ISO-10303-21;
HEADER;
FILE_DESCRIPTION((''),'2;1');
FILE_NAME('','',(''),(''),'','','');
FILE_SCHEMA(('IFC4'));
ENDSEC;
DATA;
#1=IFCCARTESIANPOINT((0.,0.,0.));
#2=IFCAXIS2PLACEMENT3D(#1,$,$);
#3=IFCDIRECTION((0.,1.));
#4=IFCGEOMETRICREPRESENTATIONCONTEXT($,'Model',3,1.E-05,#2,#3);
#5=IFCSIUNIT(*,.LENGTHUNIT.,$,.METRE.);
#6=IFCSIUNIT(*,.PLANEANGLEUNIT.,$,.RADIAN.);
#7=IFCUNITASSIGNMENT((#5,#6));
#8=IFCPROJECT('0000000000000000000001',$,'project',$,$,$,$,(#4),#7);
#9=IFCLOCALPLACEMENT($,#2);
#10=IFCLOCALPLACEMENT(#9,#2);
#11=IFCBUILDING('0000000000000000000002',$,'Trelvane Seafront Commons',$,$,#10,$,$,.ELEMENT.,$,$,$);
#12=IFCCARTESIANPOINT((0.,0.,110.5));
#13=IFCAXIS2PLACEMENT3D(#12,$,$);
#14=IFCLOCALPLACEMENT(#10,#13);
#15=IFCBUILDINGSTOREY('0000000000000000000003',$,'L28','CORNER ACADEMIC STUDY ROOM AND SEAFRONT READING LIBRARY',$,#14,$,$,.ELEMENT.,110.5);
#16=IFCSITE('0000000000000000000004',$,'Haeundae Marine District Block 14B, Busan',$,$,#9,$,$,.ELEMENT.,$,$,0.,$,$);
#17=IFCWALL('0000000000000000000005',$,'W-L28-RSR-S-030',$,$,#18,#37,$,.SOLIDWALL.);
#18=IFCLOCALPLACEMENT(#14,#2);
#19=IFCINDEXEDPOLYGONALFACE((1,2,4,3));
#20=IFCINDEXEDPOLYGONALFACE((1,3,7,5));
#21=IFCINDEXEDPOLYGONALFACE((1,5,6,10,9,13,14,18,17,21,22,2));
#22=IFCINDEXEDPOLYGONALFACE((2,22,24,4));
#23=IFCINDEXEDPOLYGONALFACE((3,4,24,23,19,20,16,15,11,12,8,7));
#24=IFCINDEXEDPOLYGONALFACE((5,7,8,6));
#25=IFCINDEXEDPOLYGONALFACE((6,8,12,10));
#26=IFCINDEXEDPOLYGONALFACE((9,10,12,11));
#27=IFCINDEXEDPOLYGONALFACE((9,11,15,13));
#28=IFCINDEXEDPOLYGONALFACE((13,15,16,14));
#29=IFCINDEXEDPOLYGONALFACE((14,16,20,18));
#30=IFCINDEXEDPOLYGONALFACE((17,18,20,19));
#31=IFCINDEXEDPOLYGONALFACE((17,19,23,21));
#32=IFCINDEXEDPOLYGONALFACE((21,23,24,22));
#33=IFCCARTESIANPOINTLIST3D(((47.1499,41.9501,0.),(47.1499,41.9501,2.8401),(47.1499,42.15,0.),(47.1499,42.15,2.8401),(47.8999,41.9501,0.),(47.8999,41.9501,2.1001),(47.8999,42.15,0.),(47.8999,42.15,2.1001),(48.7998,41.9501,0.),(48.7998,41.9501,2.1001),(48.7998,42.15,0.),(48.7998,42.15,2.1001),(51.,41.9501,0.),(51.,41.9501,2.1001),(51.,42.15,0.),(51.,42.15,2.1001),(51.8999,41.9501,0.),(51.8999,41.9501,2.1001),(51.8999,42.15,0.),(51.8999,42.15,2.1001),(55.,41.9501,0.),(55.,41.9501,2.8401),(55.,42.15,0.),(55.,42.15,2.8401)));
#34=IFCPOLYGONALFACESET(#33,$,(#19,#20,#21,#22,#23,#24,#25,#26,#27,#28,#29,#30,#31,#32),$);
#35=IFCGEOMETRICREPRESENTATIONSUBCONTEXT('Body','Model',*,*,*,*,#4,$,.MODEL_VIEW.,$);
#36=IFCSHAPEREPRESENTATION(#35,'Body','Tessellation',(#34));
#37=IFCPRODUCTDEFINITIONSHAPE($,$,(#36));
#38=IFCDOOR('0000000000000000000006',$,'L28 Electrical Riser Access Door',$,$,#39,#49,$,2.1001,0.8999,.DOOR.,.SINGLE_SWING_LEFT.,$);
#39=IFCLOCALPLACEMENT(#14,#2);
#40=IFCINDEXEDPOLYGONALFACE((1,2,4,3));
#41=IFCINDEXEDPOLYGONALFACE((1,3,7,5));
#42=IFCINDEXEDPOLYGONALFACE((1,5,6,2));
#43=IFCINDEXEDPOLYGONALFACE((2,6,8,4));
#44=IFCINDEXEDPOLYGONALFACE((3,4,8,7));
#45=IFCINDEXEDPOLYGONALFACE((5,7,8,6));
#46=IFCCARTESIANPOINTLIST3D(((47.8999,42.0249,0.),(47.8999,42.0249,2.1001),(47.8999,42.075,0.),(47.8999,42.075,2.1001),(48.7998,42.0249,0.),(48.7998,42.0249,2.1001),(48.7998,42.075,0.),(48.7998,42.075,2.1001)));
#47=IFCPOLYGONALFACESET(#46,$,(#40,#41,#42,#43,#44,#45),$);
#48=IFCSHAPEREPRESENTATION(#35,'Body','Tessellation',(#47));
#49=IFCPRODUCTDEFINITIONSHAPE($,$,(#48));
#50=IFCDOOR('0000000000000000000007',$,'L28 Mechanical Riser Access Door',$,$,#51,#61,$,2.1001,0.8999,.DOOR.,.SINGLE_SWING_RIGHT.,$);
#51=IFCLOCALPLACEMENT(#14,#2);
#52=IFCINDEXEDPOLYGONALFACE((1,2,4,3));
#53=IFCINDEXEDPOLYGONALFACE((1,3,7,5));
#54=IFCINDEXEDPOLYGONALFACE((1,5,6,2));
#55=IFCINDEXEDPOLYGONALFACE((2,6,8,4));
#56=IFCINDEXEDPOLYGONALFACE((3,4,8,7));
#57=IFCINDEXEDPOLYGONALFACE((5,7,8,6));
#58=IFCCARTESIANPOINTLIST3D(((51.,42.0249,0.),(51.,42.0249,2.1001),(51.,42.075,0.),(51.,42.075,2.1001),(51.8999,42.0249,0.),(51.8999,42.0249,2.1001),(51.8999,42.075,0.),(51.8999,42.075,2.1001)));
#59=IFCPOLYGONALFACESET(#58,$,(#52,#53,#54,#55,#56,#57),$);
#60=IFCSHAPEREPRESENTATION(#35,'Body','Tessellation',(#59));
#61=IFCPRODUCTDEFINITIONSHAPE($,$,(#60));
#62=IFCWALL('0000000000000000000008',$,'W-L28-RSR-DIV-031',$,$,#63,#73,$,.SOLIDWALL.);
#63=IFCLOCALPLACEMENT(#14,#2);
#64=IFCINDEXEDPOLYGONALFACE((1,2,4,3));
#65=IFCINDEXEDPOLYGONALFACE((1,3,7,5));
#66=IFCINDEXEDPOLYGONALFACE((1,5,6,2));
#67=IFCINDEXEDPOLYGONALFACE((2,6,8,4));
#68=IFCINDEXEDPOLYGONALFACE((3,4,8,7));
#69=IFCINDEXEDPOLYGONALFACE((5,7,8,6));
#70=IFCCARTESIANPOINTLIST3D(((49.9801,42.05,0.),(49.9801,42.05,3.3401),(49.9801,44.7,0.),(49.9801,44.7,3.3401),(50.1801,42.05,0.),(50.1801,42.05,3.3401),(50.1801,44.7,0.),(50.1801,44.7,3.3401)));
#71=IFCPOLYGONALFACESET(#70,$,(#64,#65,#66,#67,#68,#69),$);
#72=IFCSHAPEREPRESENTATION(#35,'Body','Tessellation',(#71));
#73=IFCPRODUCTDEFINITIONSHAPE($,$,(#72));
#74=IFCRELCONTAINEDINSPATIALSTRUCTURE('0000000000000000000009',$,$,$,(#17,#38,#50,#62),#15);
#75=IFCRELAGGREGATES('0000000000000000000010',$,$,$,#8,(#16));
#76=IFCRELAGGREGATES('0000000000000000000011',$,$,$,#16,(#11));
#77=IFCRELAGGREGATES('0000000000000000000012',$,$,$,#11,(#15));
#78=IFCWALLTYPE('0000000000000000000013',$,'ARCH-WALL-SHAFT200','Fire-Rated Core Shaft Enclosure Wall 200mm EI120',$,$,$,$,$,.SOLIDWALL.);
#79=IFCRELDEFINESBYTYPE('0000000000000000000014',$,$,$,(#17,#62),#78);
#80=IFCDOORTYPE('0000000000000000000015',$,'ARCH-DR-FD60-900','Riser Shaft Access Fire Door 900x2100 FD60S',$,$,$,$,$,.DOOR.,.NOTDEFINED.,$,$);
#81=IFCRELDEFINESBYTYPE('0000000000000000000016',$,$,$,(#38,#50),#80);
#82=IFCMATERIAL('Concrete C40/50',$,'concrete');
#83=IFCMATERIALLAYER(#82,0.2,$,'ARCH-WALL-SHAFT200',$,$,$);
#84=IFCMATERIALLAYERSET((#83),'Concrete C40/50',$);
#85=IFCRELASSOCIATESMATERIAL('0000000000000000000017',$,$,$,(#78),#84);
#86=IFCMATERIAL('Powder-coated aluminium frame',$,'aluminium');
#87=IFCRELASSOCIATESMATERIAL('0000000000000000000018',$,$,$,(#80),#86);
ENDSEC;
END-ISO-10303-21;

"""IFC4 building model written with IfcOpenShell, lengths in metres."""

from ifc_helpers import new_model, si_unit, direction, frame, frame_2d, origin, place, context, subcontext, project, spatial, rectangle, extrude, source, transform, mapped, material, layer, layer_set, type_object, element, fill, save


model = new_model("IFC4")

# Units and contexts
model_context = context("Model", 3, precision=1e-05, world=origin(), true_north=direction((0.0, 1.0)))
body_context = subcontext(model_context, "Body", "Model", "MODEL_VIEW")
ifc_project = project(units=[si_unit("LENGTHUNIT", "METRE"), si_unit("PLANEANGLEUNIT", "RADIAN")], contexts=[model_context])

# Site, building, storey
site_placement = place(None, origin())
site = spatial("IfcSite", under=ifc_project, at=site_placement, Name="Haeundae Marine District Block 14B, Busan", CompositionType="ELEMENT", RefElevation=0.0)
building_placement = place(site_placement, origin())
building = spatial("IfcBuilding", under=site, at=building_placement, Name="Trelvane Seafront Commons", CompositionType="ELEMENT")
storey_placement = place(building_placement, frame((0.0, 0.0, 110.5)))
storey = spatial("IfcBuildingStorey", under=building, at=storey_placement, Name="L28", Description="CORNER ACADEMIC STUDY ROOM AND SEAFRONT READING LIBRARY", CompositionType="ELEMENT", Elevation=110.5)

# Shared definitions
ifc_material_1 = material(Name="Concrete C40/50", Category="concrete")
ifc_layer_1 = layer(ifc_material_1, 0.2, Name="ARCH-WALL-SHAFT200")
ifc_layer_set_1 = layer_set([ifc_layer_1], Name="Concrete C40/50")
wall_type_1 = type_object("IfcWallType", Name="ARCH-WALL-SHAFT200", Description="Fire-Rated Core Shaft Enclosure Wall 200mm EI120", PredefinedType="SOLIDWALL", material=ifc_layer_set_1)

# Wall, openings, doors
wall_1_placement = place(storey_placement, frame((47.1499, 42.05, 0.0), z_axis=(0.0, 0.0, 1.0), x_axis=(1.0, 0.0, 0.0)))
wall_1 = element("IfcWall", 1, at=wall_1_placement, inside=storey, type_object=wall_type_1, Name="W-L28-RSR-S-030", PredefinedType="SOLIDWALL", context=body_context, shape_type="SweptSolid", body=[
    extrude(rectangle(XDim=7.8501, YDim=0.2, at=frame_2d((3.925, 0.0))), origin(), (0.0, 0.0, 1.0), 2.8401),
])
opening_1_placement = place(wall_1_placement, frame((0.75, 0.0, 0.0)))
opening_1 = element("IfcOpeningElement", 2, at=opening_1_placement, cuts=wall_1, PredefinedType="OPENING", context=body_context, shape_type="SweptSolid", body=[
    extrude(rectangle(XDim=0.8999, YDim=2.1001, at=frame_2d((0.45, 1.05))), frame((0.0, 0.1099, 0.0), z_axis=(0.0, -1.0, 0.0), x_axis=(1.0, 0.0, 0.0)), (0.0, 0.0, 1.0), 0.22),
])
opening_2_placement = place(wall_1_placement, frame((3.8501, 0.0, 0.0)))
opening_2 = element("IfcOpeningElement", 3, at=opening_2_placement, cuts=wall_1, PredefinedType="OPENING", context=body_context, shape_type="SweptSolid", body=[
    extrude(rectangle(XDim=0.8999, YDim=2.1001, at=frame_2d((0.45, 1.05))), frame((0.0, 0.1099, 0.0), z_axis=(0.0, -1.0, 0.0), x_axis=(1.0, 0.0, 0.0)), (0.0, 0.0, 1.0), 0.22),
])
ifc_material_2 = material(Name="Powder-coated aluminium frame", Category="aluminium")
door_type_1 = type_object("IfcDoorType", Name="ARCH-DR-FD60-900", Description="Riser Shaft Access Fire Door 900x2100 FD60S", OperationType="NOTDEFINED", PredefinedType="DOOR", material=ifc_material_2)
shared_shape_1 = source(origin(), body_context, "Body", "SweptSolid", [
    extrude(rectangle(XDim=0.8999, YDim=2.1001, at=frame_2d((0.45, 1.05))), frame((0.0, 0.0249, 0.0), z_axis=(0.0, -1.0, 0.0), x_axis=(1.0, 0.0, 0.0)), (0.0, 0.0, 1.0), 0.05),
])
door_1_placement = place(opening_1_placement, origin())
door_1 = element("IfcDoor", 4, at=door_1_placement, inside=storey, type_object=door_type_1, Name="L28 Electrical Riser Access Door", OperationType="SINGLE_SWING_LEFT", OverallHeight=2.1001, OverallWidth=0.8999, PredefinedType="DOOR", context=body_context, shape_type="MappedRepresentation", body=[
    mapped(shared_shape_1, transform((0.0, 0.0, 0.0), x_axis=(1.0, 0.0, 0.0), y_axis=(0.0, 1.0, 0.0), z_axis=(0.0, 0.0, 1.0), scale=1.0)),
])
fill(opening_1, door_1)
door_2_placement = place(opening_2_placement, origin())
door_2 = element("IfcDoor", 5, at=door_2_placement, inside=storey, type_object=door_type_1, Name="L28 Mechanical Riser Access Door", OperationType="SINGLE_SWING_RIGHT", OverallHeight=2.1001, OverallWidth=0.8999, PredefinedType="DOOR", context=body_context, shape_type="MappedRepresentation", body=[
    mapped(shared_shape_1, transform((0.0, 0.0, 0.0), x_axis=(1.0, 0.0, 0.0), y_axis=(0.0, 1.0, 0.0), z_axis=(0.0, 0.0, 1.0), scale=1.0)),
])
fill(opening_2, door_2)

# Wall
wall_2_placement = place(storey_placement, frame((50.0801, 42.05, 0.0), z_axis=(0.0, 0.0, 1.0), x_axis=(0.0, 1.0, 0.0)))
element("IfcWall", 6, at=wall_2_placement, inside=storey, type_object=wall_type_1, Name="W-L28-RSR-DIV-031", PredefinedType="SOLIDWALL", context=body_context, shape_type="SweptSolid", body=[
    extrude(rectangle(XDim=2.6499, YDim=0.2, at=frame_2d((1.325, 0.0))), origin(), (0.0, 0.0, 1.0), 3.3401),
])

save(model, "model.ifc")
